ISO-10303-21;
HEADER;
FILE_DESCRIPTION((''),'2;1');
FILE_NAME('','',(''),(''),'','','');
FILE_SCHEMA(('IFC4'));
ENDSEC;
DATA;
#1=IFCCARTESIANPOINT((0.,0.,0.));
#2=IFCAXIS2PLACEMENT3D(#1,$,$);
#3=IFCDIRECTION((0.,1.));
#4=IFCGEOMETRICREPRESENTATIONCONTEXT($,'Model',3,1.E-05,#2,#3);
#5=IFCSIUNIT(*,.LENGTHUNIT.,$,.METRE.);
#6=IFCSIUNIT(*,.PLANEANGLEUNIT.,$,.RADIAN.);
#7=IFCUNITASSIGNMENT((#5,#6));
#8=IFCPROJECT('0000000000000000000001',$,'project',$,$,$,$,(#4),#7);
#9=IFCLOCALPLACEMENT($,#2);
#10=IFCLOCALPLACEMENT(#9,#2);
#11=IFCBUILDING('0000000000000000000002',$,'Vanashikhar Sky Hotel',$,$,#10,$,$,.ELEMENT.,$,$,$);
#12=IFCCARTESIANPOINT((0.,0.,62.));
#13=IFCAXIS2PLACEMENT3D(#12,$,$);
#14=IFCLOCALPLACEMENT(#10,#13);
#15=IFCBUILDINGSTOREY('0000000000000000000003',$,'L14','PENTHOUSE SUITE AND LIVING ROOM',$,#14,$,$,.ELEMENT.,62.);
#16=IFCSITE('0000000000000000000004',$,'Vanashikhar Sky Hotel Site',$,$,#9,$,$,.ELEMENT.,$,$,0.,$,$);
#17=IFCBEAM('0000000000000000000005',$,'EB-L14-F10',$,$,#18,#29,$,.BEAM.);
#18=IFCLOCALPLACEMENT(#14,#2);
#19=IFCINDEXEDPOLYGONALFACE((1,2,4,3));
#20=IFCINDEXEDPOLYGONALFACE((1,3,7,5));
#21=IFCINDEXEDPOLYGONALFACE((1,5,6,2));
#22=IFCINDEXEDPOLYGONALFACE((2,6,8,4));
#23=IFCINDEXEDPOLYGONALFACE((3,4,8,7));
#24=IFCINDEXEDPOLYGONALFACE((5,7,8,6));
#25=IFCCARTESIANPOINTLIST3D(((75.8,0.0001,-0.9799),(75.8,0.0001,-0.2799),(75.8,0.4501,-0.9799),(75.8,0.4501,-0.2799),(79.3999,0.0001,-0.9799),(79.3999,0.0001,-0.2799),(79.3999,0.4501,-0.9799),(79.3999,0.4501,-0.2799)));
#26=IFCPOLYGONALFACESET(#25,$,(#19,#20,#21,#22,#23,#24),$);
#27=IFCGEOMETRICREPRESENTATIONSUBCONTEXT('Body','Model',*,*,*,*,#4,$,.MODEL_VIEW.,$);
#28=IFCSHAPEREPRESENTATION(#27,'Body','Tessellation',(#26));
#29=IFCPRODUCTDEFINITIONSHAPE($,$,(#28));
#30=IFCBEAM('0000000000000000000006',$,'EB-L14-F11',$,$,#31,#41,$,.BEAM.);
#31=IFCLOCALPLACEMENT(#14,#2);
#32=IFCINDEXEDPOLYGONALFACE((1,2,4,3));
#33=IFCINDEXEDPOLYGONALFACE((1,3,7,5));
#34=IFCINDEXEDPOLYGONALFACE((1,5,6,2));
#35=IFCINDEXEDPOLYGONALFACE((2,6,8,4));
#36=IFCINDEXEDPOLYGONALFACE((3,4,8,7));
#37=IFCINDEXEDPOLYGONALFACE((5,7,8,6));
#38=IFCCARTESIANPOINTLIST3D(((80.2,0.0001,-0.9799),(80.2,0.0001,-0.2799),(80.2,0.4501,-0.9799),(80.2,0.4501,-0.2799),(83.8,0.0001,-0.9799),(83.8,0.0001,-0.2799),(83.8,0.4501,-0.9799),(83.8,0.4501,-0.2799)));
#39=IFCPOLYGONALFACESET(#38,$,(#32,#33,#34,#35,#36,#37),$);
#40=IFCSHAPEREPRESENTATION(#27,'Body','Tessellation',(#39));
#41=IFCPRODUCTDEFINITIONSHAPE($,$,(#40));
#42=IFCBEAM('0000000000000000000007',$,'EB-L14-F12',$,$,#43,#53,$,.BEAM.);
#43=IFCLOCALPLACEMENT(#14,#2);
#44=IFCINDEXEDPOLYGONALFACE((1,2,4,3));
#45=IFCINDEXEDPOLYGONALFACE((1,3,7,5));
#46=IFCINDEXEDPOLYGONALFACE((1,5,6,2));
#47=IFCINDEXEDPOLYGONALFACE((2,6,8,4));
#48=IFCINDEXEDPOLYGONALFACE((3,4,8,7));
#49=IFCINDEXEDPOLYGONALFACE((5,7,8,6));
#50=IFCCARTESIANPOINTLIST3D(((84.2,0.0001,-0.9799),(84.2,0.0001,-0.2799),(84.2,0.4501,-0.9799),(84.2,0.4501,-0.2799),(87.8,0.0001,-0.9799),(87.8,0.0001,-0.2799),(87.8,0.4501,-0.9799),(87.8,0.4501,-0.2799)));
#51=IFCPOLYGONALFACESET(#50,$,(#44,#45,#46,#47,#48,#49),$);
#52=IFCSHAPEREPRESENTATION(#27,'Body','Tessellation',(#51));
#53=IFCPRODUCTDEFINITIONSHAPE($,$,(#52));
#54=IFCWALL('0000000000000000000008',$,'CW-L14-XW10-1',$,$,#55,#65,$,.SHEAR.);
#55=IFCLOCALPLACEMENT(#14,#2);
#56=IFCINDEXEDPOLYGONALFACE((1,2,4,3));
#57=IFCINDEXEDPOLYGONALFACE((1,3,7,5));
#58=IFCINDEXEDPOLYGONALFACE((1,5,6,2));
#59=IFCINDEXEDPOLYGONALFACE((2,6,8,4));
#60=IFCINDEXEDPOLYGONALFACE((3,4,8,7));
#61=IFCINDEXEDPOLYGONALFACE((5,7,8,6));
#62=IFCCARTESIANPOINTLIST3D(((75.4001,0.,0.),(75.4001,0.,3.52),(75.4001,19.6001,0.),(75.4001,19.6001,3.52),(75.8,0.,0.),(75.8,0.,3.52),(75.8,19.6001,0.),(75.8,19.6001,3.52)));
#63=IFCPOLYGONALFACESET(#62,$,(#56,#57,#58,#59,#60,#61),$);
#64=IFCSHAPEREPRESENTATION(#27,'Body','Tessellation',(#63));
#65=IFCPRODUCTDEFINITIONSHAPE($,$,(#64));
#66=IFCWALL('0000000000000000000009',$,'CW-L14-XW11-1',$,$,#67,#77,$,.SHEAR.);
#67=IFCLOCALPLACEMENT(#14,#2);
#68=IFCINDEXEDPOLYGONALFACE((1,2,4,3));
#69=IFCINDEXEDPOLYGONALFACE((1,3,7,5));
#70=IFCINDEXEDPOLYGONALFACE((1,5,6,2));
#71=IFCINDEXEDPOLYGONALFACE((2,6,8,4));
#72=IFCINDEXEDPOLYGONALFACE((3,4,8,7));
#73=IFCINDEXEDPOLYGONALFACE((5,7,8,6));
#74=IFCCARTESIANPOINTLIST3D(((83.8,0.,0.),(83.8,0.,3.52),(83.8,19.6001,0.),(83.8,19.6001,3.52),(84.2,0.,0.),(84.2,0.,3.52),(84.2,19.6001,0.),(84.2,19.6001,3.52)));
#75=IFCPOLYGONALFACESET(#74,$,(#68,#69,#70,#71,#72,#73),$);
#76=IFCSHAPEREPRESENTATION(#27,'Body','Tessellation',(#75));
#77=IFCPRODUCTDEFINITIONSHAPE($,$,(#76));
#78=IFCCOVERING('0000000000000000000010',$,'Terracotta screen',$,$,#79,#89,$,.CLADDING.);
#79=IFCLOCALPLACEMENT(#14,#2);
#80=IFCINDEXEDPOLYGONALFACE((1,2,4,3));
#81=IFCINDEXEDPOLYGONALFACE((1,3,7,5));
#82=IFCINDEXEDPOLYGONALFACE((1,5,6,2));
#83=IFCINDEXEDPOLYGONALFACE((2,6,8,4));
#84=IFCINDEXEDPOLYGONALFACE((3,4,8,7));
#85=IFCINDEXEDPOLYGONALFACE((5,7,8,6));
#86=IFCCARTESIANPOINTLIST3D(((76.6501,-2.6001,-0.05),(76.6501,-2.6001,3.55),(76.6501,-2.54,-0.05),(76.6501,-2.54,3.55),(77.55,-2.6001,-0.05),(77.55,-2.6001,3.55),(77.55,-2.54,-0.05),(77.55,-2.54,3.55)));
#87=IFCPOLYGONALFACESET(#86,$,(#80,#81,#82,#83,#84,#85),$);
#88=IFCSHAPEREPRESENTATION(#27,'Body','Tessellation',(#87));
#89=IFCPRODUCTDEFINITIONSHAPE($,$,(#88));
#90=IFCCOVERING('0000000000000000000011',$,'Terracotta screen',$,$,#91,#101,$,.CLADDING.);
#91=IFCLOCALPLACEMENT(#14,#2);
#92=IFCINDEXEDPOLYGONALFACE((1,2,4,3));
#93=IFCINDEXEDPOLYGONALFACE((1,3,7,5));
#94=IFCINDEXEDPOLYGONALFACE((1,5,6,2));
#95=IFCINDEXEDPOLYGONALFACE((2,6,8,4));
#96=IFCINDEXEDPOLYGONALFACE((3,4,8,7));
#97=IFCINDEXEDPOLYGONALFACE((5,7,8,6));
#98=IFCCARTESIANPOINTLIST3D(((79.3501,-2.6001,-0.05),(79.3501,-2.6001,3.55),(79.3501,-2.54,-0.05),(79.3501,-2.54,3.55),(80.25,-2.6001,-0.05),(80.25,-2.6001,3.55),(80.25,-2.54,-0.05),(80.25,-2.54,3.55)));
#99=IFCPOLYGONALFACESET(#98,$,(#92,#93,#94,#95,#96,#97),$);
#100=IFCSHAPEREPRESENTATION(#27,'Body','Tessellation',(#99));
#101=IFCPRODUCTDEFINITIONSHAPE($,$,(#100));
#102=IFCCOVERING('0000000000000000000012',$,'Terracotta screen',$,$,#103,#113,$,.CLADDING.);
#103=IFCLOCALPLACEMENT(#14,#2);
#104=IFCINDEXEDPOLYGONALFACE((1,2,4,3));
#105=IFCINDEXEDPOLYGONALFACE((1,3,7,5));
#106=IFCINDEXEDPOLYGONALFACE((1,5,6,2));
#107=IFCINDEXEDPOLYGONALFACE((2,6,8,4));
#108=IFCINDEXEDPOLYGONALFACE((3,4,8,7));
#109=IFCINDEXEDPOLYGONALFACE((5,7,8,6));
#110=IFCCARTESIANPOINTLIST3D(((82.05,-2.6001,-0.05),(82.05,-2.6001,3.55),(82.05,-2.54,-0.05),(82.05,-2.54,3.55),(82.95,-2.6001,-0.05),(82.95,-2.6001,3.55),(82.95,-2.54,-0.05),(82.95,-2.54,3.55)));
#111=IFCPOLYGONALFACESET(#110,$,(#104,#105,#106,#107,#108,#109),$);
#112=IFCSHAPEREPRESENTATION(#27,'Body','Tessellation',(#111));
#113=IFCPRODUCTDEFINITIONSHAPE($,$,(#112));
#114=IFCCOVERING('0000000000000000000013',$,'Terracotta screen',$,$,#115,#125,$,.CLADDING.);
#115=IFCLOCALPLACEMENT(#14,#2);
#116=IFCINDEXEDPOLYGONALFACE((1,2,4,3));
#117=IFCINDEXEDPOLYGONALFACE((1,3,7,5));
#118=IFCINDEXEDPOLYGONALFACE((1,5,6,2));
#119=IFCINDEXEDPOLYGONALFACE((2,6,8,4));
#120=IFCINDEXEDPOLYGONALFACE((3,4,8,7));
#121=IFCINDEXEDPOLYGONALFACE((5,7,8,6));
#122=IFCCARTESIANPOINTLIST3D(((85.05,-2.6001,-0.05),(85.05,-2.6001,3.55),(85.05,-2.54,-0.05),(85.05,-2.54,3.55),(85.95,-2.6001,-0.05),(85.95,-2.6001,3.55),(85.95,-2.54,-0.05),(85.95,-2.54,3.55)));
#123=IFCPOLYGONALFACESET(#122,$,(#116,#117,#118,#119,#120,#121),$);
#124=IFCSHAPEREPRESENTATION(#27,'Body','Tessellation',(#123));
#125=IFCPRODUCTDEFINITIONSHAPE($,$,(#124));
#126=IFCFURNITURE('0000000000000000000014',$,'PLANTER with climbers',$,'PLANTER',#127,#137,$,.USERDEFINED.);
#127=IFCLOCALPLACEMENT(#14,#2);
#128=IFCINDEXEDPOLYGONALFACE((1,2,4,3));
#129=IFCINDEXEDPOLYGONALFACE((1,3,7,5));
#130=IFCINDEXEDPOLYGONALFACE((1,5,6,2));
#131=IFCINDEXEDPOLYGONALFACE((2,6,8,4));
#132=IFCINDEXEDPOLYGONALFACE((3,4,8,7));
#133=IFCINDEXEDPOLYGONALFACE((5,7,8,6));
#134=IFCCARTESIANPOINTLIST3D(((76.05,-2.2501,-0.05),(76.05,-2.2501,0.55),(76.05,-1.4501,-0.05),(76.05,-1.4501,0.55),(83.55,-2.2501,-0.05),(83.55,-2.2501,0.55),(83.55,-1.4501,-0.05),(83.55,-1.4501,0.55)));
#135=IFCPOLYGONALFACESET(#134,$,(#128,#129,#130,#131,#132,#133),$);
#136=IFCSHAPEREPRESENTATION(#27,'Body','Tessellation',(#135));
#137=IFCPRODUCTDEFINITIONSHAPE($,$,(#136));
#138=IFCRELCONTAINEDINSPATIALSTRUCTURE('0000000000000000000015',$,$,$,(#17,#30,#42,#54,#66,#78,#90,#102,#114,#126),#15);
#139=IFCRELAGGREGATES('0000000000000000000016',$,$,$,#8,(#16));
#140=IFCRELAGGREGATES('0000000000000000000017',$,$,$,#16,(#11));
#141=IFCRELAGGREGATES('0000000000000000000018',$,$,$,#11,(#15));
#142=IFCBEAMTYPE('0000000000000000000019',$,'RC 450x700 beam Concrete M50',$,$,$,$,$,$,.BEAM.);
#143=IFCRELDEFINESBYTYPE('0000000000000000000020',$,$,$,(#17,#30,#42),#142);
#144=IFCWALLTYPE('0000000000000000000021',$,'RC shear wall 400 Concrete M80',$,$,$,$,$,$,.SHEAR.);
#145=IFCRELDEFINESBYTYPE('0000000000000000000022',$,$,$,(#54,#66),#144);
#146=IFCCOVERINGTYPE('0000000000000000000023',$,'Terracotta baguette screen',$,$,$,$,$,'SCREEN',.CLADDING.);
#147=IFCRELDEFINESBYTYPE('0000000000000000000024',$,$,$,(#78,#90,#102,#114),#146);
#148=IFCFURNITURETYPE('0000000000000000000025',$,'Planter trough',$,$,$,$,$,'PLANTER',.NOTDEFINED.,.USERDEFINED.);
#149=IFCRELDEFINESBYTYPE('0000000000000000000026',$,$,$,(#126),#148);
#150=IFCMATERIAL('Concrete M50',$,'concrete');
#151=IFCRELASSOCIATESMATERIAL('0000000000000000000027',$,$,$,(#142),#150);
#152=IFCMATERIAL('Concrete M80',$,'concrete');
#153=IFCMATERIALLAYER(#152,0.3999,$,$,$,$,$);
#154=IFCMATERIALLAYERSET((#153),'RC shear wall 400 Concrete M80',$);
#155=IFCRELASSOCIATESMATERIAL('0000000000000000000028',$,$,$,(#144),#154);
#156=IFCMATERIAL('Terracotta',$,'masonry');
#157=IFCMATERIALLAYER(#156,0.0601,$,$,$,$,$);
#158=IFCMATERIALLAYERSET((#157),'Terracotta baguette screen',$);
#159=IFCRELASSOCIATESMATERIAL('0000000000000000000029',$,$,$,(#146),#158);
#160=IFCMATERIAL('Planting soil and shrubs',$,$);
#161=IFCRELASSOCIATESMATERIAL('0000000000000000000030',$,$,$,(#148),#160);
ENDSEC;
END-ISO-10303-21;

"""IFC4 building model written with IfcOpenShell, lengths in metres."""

from ifc_helpers import new_model, si_unit, direction, frame, frame_2d, origin, origin_2d, place, context, subcontext, project, spatial, rectangle, extrude, source, transform, mapped, material, layer, layer_set, material_profile, profile_set, type_object, element, save


model = new_model("IFC4")

# Units and contexts
model_context = context("Model", 3, precision=1e-05, world=origin(), true_north=direction((0.0, 1.0)))
body_context = subcontext(model_context, "Body", "Model", "MODEL_VIEW")
ifc_project = project(units=[si_unit("LENGTHUNIT", "METRE"), si_unit("PLANEANGLEUNIT", "RADIAN")], contexts=[model_context])

# Site, building, storey
site_placement = place(None, origin())
site = spatial("IfcSite", under=ifc_project, at=site_placement, Name="Vanashikhar Sky Hotel Site", CompositionType="ELEMENT", RefElevation=0.0)
building_placement = place(site_placement, origin())
building = spatial("IfcBuilding", under=site, at=building_placement, Name="Vanashikhar Sky Hotel", CompositionType="ELEMENT")
storey_placement = place(building_placement, frame((0.0, 0.0, 62.0)))
storey = spatial("IfcBuildingStorey", under=building, at=storey_placement, Name="L14", Description="PENTHOUSE SUITE AND LIVING ROOM", CompositionType="ELEMENT", Elevation=62.0)

# Beams
ifc_material_1 = material(Name="Concrete M50", Category="concrete")
ifc_material_profile = material_profile(ifc_material_1, rectangle(XDim=0.45, YDim=0.7, at=origin_2d()))
ifc_profile_set = profile_set([ifc_material_profile], Name="RC 450x700 beam Concrete M50")
beam_type = type_object("IfcBeamType", Name="RC 450x700 beam Concrete M50", PredefinedType="BEAM", material=ifc_profile_set)
shared_shape_1 = source(origin(), body_context, "Body", "SweptSolid", [
    extrude(rectangle(XDim=0.45, YDim=0.7, at=origin_2d()), origin(), (0.0, 0.0, 1.0), 3.5999),
])
beam_placement = place(storey_placement, frame((75.8, 0.2251, -0.6299), z_axis=(1.0, 0.0, 0.0), x_axis=(0.0, 1.0, 0.0)))
element("IfcBeam", 1, at=beam_placement, inside=storey, type_object=beam_type, Name="EB-L14-F10", PredefinedType="BEAM", context=body_context, shape_type="MappedRepresentation", body=[
    mapped(shared_shape_1, transform((0.0, 0.0, 0.0), scale=1.0)),
])
shared_shape_2 = source(origin(), body_context, "Body", "SweptSolid", [
    extrude(rectangle(XDim=0.45, YDim=0.7, at=origin_2d()), origin(), (0.0, 0.0, 1.0), 3.6001),
])
for number, where, z_axis, x_axis, name in (
    (2, (80.2, 0.2251, -0.6299), (1.0, 0.0, 0.0), (0.0, 1.0, 0.0), "EB-L14-F11"),
    (3, (84.2, 0.2251, -0.6299), (1.0, 0.0, 0.0), (0.0, 1.0, 0.0), "EB-L14-F12"),
):
    element("IfcBeam", number, at=place(storey_placement, frame(where, z_axis=z_axis, x_axis=x_axis)), inside=storey, type_object=beam_type, Name=name, PredefinedType="BEAM", context=body_context, shape_type="MappedRepresentation", body=[
        mapped(shared_shape_2, transform((0.0, 0.0, 0.0), scale=1.0)),
    ])

# Walls
ifc_material_2 = material(Name="Concrete M80", Category="concrete")
ifc_layer_1 = layer(ifc_material_2, 0.3999)
ifc_layer_set_1 = layer_set([ifc_layer_1], Name="RC shear wall 400 Concrete M80")
wall_type_1 = type_object("IfcWallType", Name="RC shear wall 400 Concrete M80", PredefinedType="SHEAR", material=ifc_layer_set_1)
shared_shape_3 = source(origin(), body_context, "Body", "SweptSolid", [
    extrude(rectangle(XDim=19.6001, YDim=0.3999, at=frame_2d((9.8, 0.0))), origin(), (0.0, 0.0, 1.0), 3.52),
])
for number, where, z_axis, x_axis, name in (
    (4, (75.6001, 0.0, 0.0), (0.0, 0.0, 1.0), (0.0, 1.0, 0.0), "CW-L14-XW10-1"),
    (5, (84.0, 0.0, 0.0), (0.0, 0.0, 1.0), (0.0, 1.0, 0.0), "CW-L14-XW11-1"),
):
    element("IfcWall", number, at=place(storey_placement, frame(where, z_axis=z_axis, x_axis=x_axis)), inside=storey, type_object=wall_type_1, Name=name, PredefinedType="SHEAR", context=body_context, shape_type="MappedRepresentation", body=[
        mapped(shared_shape_3, transform((0.0, 0.0, 0.0), scale=1.0)),
    ])

# Coverings
ifc_material_3 = material(Name="Terracotta", Category="masonry")
ifc_layer_2 = layer(ifc_material_3, 0.0601)
ifc_layer_set_2 = layer_set([ifc_layer_2], Name="Terracotta baguette screen")
covering_type = type_object("IfcCoveringType", Name="Terracotta baguette screen", ElementType="SCREEN", PredefinedType="CLADDING", material=ifc_layer_set_2)
shared_shape_4 = source(origin(), body_context, "Body", "SweptSolid", [
    extrude(rectangle(XDim=0.8999, YDim=0.0601, at=origin_2d()), origin(), (0.0, 0.0, 1.0), 3.6001),
])
for number, where, z_axis, x_axis, name in (
    (6, (77.1001, -2.5701, -0.05), (0.0, 0.0, 1.0), (1.0, 0.0, 0.0), "Terracotta screen"),
    (7, (79.8, -2.5701, -0.05), (0.0, 0.0, 1.0), (1.0, 0.0, 0.0), "Terracotta screen"),
    (8, (82.5, -2.5701, -0.05), (0.0, 0.0, 1.0), (1.0, 0.0, 0.0), "Terracotta screen"),
    (9, (85.5, -2.5701, -0.05), (0.0, 0.0, 1.0), (1.0, 0.0, 0.0), "Terracotta screen"),
):
    element("IfcCovering", number, at=place(storey_placement, frame(where, z_axis=z_axis, x_axis=x_axis)), inside=storey, type_object=covering_type, Name=name, PredefinedType="CLADDING", context=body_context, shape_type="MappedRepresentation", body=[
        mapped(shared_shape_4, transform((0.0, 0.0, 0.0), scale=1.0)),
    ])

# Furniture
ifc_material_4 = material(Name="Planting soil and shrubs")
furniture_type = type_object("IfcFurnitureType", Name="Planter trough", ElementType="PLANTER", AssemblyPlace="NOTDEFINED", PredefinedType="USERDEFINED", material=ifc_material_4)
shared_shape_5 = source(origin(), body_context, "Body", "SweptSolid", [
    extrude(rectangle(XDim=7.5, YDim=0.8, at=origin_2d()), origin(), (0.0, 0.0, 1.0), 0.6001),
])
furniture_placement = place(storey_placement, frame((79.8, -1.8501, -0.05), z_axis=(0.0, 0.0, 1.0), x_axis=(1.0, 0.0, 0.0)))
element("IfcFurniture", 10, at=furniture_placement, inside=storey, type_object=furniture_type, Name="PLANTER with climbers", ObjectType="PLANTER", PredefinedType="USERDEFINED", context=body_context, shape_type="MappedRepresentation", body=[
    mapped(shared_shape_5, transform((0.0, 0.0, 0.0), scale=1.0)),
])

save(model, "model.ifc")
